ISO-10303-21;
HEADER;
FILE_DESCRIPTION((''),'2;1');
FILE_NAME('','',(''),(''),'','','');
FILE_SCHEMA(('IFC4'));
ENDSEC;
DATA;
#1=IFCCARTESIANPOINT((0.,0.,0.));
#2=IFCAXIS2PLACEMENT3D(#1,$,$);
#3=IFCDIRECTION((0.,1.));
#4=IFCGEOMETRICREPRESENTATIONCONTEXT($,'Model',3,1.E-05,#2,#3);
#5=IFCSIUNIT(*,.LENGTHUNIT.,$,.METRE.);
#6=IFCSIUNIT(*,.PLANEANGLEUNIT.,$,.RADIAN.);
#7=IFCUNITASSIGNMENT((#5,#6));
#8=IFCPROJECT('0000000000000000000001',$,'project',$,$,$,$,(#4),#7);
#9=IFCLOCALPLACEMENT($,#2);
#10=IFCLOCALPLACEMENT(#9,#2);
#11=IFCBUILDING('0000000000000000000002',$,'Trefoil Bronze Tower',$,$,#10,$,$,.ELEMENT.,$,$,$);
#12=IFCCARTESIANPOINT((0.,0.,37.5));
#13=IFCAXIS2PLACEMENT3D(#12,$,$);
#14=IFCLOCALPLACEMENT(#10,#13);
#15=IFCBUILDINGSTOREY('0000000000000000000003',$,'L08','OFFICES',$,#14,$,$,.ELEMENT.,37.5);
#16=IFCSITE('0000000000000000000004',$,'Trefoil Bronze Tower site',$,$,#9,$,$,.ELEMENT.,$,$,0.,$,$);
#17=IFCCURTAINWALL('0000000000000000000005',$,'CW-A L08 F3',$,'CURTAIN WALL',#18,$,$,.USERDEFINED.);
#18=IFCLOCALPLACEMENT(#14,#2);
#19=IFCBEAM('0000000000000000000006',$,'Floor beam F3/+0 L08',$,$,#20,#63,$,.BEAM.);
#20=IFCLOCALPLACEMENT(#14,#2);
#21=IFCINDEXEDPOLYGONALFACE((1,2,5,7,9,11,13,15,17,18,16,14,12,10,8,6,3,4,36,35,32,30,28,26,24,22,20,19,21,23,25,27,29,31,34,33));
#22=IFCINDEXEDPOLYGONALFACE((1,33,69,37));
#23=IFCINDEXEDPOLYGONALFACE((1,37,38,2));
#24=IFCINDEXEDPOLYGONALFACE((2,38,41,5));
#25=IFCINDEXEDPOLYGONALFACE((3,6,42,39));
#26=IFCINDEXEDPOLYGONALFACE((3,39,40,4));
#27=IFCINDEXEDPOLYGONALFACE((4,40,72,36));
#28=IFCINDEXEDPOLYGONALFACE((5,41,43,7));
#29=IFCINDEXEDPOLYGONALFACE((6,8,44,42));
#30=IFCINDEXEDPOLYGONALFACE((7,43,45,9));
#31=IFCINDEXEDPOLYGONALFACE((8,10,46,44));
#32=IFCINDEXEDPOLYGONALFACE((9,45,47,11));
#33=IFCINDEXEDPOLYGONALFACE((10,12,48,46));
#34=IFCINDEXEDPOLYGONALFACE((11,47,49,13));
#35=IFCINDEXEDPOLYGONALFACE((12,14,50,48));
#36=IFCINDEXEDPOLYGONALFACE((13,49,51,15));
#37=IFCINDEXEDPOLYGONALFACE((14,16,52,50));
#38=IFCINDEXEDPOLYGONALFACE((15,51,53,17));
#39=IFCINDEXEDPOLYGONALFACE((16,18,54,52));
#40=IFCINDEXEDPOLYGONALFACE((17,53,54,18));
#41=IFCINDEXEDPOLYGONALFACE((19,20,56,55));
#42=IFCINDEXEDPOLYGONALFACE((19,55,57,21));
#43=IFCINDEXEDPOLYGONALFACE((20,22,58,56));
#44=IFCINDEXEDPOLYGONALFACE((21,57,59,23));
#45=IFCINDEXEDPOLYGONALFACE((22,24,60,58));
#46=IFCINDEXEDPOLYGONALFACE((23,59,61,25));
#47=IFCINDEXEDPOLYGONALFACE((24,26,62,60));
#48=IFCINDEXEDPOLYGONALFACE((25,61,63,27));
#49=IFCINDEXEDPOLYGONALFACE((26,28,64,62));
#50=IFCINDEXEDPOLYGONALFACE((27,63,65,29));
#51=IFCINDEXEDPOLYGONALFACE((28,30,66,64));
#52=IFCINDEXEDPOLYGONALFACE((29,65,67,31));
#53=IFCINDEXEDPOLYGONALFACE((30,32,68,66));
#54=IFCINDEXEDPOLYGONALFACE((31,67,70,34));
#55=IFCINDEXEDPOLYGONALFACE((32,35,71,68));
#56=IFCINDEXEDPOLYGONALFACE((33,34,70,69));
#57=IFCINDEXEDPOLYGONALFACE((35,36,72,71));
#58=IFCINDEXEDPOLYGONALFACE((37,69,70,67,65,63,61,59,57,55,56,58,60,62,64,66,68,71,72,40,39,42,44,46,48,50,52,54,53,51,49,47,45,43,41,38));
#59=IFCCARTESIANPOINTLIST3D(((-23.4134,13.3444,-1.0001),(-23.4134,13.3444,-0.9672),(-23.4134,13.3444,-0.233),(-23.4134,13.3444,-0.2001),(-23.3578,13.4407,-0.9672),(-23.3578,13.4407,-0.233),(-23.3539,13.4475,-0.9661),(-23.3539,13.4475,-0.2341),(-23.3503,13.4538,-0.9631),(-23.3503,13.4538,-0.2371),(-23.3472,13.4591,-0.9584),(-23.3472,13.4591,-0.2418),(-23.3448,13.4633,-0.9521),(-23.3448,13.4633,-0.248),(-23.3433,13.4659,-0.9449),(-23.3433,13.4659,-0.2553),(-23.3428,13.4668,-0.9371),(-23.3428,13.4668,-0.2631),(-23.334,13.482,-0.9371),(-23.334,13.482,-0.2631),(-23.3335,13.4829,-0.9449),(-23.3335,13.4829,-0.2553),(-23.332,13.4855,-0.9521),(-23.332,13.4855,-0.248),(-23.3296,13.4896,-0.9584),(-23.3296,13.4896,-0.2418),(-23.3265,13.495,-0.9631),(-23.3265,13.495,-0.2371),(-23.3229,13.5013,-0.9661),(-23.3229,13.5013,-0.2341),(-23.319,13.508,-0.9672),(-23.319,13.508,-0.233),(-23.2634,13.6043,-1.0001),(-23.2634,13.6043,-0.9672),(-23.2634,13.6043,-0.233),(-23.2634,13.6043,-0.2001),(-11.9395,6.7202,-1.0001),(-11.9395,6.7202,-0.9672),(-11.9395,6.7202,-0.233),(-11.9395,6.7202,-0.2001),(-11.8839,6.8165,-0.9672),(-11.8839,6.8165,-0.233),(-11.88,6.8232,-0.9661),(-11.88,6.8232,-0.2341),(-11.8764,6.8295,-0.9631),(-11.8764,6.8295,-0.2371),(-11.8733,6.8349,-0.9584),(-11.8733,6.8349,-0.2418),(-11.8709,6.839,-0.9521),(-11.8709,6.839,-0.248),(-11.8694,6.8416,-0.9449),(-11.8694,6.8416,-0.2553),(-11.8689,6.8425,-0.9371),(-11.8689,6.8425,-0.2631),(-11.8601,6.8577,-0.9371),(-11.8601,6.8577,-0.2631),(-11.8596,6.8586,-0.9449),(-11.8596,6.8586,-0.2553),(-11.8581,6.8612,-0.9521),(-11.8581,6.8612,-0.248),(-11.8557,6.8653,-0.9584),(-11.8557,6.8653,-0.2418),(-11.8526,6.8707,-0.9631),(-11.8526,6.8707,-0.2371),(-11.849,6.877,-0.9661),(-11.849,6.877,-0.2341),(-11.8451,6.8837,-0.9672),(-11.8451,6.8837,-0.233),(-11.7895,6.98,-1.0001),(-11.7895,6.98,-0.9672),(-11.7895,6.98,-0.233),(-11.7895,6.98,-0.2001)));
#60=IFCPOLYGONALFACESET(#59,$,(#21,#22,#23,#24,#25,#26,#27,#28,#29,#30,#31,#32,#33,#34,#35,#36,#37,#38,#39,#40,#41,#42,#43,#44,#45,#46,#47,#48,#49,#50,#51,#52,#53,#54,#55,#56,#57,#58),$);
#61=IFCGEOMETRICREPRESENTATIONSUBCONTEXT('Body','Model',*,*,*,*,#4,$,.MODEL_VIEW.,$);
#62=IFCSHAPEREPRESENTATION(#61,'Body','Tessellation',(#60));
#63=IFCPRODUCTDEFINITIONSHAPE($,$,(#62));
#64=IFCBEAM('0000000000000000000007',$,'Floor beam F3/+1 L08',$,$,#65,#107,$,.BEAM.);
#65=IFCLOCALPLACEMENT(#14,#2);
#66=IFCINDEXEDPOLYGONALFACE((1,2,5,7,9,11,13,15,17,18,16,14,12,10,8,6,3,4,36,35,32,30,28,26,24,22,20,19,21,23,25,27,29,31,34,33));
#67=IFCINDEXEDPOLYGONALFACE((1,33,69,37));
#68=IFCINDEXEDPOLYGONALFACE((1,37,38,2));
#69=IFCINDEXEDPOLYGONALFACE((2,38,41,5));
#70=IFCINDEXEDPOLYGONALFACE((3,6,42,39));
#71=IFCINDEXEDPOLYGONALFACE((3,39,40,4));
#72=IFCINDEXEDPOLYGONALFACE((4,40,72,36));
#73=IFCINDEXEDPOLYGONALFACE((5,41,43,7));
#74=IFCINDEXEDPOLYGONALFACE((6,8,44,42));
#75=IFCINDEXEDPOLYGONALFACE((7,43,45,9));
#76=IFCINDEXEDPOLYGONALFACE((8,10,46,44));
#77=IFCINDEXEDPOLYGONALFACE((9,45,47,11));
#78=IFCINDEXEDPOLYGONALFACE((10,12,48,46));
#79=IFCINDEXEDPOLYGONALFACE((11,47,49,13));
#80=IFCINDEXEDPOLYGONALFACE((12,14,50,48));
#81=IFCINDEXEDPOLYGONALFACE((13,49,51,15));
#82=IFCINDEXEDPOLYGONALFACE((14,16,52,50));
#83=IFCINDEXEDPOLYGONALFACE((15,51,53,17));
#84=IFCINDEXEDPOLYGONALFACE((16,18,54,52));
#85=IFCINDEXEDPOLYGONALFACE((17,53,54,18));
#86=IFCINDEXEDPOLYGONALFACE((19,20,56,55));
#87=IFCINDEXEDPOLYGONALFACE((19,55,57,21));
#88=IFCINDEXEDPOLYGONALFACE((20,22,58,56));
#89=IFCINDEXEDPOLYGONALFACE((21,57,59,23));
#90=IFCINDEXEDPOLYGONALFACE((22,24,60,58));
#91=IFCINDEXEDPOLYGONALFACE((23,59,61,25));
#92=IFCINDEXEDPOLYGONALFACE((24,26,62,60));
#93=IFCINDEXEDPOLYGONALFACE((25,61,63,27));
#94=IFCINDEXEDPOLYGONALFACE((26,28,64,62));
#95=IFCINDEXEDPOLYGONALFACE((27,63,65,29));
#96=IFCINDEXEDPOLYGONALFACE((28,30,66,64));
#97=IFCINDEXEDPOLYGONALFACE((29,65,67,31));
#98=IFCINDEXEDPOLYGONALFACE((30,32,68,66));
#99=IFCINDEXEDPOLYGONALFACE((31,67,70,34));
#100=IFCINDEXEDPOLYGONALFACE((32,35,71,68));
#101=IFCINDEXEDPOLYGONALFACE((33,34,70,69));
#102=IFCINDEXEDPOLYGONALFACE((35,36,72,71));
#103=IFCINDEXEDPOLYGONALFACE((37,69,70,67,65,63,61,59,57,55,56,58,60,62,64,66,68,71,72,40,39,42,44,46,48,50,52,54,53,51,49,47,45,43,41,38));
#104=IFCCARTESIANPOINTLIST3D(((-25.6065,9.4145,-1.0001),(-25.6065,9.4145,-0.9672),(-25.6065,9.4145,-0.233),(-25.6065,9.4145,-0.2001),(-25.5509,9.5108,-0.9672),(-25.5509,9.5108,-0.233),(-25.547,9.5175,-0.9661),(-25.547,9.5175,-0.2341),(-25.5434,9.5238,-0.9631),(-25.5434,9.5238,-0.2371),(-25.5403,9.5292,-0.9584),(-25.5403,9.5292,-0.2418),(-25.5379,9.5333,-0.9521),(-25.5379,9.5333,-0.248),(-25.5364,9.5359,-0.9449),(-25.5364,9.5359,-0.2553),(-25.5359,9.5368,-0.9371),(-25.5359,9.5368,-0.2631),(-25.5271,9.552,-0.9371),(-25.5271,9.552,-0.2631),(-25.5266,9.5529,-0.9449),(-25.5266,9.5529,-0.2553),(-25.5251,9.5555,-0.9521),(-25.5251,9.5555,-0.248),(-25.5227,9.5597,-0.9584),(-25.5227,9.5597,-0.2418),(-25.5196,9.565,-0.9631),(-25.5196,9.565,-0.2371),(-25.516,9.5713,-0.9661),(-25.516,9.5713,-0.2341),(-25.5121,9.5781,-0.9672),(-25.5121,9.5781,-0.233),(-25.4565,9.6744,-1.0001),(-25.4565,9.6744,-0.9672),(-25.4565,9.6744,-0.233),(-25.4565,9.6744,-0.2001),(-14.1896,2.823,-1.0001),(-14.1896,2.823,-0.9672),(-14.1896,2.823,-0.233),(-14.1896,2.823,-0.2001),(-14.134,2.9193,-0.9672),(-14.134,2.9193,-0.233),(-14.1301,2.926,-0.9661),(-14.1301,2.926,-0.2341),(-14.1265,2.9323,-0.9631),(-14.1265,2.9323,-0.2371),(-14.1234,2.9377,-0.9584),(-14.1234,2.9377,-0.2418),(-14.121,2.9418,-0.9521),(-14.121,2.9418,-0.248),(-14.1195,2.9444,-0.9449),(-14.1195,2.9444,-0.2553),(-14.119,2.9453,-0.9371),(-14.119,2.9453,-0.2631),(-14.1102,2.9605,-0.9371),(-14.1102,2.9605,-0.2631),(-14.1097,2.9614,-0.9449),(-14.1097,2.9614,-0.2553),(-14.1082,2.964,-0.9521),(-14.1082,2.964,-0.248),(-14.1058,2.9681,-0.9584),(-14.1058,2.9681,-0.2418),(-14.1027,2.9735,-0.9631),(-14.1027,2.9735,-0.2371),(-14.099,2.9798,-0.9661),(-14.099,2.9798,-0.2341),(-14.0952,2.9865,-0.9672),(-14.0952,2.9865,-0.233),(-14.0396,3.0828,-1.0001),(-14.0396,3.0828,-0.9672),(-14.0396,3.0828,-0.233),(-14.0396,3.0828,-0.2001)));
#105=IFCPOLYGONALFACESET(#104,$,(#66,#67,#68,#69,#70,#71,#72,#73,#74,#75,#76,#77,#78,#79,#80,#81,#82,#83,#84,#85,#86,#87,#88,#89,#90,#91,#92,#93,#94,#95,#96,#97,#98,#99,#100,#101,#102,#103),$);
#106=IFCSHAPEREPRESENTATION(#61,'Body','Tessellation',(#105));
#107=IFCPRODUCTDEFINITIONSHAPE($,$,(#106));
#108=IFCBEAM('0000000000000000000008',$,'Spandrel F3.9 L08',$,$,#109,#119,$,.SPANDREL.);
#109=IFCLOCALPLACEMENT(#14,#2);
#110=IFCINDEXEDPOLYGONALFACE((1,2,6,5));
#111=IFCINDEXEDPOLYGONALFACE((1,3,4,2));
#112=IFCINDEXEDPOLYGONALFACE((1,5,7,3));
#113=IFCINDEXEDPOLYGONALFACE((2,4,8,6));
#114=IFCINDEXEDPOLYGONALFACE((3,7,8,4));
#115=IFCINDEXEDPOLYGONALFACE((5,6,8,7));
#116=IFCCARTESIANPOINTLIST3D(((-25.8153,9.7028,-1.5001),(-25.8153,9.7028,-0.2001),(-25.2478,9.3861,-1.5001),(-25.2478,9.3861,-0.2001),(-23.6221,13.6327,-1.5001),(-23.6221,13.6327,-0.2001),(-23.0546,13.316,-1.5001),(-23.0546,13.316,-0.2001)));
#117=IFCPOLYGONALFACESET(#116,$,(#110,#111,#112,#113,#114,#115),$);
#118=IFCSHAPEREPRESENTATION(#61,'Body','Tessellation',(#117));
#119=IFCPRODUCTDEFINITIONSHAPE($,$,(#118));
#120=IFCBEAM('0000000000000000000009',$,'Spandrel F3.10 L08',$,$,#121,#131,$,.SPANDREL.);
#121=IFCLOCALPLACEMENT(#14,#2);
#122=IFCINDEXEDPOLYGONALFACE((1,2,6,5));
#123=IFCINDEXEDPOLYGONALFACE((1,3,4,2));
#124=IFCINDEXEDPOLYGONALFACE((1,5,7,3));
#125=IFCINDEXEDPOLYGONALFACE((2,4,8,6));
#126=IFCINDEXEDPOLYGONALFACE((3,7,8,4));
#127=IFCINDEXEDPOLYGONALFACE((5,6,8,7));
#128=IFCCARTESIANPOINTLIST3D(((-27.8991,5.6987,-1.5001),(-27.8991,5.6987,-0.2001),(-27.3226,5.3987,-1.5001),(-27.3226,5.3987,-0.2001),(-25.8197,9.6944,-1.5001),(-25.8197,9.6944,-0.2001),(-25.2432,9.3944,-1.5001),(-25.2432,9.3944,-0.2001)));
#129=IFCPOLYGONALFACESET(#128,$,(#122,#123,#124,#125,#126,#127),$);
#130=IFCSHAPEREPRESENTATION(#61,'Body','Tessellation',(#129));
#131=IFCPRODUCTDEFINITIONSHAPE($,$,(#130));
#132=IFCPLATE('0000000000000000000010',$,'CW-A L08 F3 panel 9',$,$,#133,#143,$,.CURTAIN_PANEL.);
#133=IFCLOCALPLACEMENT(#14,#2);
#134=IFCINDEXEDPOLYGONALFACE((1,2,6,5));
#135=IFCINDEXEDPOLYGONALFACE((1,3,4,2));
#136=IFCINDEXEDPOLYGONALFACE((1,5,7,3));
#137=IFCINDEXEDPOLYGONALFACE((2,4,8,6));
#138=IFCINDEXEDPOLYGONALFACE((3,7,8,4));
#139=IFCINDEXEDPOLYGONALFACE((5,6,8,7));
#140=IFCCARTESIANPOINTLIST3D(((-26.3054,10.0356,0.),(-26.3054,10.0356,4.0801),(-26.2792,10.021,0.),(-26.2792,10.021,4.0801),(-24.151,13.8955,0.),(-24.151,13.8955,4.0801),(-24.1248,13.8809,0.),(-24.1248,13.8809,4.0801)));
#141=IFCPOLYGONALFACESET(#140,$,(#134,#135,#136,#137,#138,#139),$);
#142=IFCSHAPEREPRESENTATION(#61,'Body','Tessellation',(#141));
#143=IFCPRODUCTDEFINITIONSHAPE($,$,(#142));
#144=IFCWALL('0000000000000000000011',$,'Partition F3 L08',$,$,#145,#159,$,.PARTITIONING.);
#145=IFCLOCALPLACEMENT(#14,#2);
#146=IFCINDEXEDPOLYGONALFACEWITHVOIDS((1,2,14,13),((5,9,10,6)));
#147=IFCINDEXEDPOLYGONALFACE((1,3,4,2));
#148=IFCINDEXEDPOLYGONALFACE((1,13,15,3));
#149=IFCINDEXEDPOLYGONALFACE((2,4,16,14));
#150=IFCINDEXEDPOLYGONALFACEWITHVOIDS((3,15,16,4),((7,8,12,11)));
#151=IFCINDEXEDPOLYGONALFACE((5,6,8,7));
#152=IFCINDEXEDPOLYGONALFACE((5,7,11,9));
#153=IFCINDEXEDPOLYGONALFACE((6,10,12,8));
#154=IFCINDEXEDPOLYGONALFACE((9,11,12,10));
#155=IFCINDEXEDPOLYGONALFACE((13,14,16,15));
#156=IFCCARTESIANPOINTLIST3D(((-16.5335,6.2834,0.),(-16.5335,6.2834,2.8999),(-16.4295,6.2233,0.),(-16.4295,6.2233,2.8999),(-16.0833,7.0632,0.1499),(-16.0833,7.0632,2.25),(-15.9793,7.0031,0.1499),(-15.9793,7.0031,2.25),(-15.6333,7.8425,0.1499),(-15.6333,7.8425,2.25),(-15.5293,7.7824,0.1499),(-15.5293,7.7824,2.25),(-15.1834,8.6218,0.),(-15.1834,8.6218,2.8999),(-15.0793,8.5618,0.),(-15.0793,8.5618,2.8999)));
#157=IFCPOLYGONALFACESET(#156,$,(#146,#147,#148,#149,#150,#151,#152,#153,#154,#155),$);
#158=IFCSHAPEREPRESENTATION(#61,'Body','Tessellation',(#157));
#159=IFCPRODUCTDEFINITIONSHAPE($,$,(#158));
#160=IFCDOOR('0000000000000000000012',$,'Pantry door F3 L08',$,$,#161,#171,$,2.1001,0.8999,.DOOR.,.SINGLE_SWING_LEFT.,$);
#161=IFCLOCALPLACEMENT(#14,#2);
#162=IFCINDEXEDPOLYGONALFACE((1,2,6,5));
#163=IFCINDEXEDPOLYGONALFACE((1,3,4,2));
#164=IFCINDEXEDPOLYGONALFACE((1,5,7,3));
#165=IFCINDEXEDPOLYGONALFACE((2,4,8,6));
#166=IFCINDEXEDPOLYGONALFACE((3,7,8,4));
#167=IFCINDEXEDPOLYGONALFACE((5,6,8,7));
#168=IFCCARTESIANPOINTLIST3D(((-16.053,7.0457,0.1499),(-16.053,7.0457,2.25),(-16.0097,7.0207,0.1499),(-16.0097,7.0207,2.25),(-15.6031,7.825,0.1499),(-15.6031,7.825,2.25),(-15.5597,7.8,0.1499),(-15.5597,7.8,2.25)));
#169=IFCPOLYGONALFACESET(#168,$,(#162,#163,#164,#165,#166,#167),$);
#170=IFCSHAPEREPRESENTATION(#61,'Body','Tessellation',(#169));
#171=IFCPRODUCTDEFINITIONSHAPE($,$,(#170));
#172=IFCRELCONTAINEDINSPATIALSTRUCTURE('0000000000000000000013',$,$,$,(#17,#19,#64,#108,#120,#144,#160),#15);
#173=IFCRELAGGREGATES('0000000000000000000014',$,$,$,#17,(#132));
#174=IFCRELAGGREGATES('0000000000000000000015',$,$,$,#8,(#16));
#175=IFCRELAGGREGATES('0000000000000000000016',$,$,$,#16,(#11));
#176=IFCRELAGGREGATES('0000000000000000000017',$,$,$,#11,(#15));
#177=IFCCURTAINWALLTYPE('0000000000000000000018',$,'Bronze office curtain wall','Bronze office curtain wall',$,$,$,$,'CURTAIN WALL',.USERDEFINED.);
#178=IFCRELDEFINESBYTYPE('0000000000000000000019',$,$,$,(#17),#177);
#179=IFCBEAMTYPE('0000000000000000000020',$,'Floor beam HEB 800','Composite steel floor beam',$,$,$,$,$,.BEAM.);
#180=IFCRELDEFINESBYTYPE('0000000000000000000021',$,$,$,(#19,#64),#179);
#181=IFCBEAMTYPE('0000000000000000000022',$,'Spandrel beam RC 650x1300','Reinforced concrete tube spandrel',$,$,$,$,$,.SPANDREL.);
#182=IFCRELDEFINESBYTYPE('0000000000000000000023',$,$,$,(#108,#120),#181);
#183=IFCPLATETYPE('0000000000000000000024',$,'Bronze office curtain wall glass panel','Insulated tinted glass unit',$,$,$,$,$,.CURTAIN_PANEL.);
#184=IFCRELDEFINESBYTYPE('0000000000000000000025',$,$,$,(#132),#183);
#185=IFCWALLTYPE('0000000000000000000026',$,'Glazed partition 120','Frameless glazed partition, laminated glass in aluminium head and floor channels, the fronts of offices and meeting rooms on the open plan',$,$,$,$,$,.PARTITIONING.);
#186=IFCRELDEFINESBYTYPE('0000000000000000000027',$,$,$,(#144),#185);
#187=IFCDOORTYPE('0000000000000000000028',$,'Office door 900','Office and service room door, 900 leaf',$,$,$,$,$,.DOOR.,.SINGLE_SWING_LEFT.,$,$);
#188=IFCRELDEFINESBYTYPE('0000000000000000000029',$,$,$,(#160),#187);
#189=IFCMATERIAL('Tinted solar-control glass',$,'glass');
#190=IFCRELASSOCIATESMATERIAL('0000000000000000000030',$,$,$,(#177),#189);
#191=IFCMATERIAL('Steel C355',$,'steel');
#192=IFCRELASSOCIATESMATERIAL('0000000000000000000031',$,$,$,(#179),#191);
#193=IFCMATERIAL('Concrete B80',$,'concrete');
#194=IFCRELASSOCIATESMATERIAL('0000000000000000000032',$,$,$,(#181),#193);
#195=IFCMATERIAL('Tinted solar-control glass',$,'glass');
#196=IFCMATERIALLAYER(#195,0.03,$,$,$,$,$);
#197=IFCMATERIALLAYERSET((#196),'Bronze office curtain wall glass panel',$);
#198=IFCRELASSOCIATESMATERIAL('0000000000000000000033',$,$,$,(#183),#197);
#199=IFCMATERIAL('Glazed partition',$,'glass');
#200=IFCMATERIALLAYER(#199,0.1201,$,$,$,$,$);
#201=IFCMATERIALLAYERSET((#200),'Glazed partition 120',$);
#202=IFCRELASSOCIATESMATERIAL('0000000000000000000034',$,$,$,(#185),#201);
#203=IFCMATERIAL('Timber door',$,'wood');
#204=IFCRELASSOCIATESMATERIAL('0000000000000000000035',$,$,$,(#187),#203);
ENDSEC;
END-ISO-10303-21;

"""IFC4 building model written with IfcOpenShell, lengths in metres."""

from ifc_helpers import new_model, si_unit, direction, frame, frame_2d, origin, origin_2d, place, context, subcontext, project, spatial, rectangle, i_section, extrude, material, layer, layer_set, material_profile, profile_set, type_object, element, fill, aggregate, save


model = new_model("IFC4")

# Units and contexts
model_context = context("Model", 3, precision=1e-05, world=origin(), true_north=direction((0.0, 1.0)))
body_context = subcontext(model_context, "Body", "Model", "MODEL_VIEW")
ifc_project = project(units=[si_unit("LENGTHUNIT", "METRE"), si_unit("PLANEANGLEUNIT", "RADIAN")], contexts=[model_context])

# Site, building, storey
site_placement = place(None, origin())
site = spatial("IfcSite", under=ifc_project, at=site_placement, Name="Trefoil Bronze Tower site", CompositionType="ELEMENT", RefElevation=0.0)
building_placement = place(site_placement, origin())
building = spatial("IfcBuilding", under=site, at=building_placement, Name="Trefoil Bronze Tower", CompositionType="ELEMENT")
storey_placement = place(building_placement, frame((0.0, 0.0, 37.5)))
storey = spatial("IfcBuildingStorey", under=building, at=storey_placement, Name="L08", Description="OFFICES", CompositionType="ELEMENT", Elevation=37.5)

# Curtain wall
ifc_material_1 = material(Name="Tinted solar-control glass", Category="glass")
curtain_wall_type = type_object("IfcCurtainWallType", Name="Bronze office curtain wall", Description="Bronze office curtain wall", ElementType="CURTAIN WALL", PredefinedType="USERDEFINED", material=ifc_material_1)
curtain_wall_placement = place(storey_placement, origin())
curtain_wall = element("IfcCurtainWall", 1, at=curtain_wall_placement, inside=storey, type_object=curtain_wall_type, Name="CW-A L08 F3", ObjectType="CURTAIN WALL", PredefinedType="USERDEFINED")

# Beams
ifc_material_2 = material(Name="Steel C355", Category="steel")
ifc_material_profile_1 = material_profile(ifc_material_2, i_section(OverallWidth=0.3, OverallDepth=0.8, WebThickness=0.0176, FlangeThickness=0.033, FilletRadius=0.03, at=origin_2d()), Name="HEB 800")
ifc_profile_set_1 = profile_set([ifc_material_profile_1], Name="Steel C355")
beam_type_1 = type_object("IfcBeamType", Name="Floor beam HEB 800", Description="Composite steel floor beam", PredefinedType="BEAM", material=ifc_profile_set_1)
beam_1_placement = place(storey_placement, frame((-23.3384, 13.4744, -0.6001), z_axis=(0.866031, -0.49999, 0.0), x_axis=(0.49999, 0.866031, 0.0)))
element("IfcBeam", 2, at=beam_1_placement, inside=storey, type_object=beam_type_1, Name="Floor beam F3/+0 L08", PredefinedType="BEAM", context=body_context, shape_type="SweptSolid", body=[
    extrude(i_section(OverallWidth=0.3, OverallDepth=0.8, WebThickness=0.0176, FlangeThickness=0.033, FilletRadius=0.03, at=origin_2d()), origin(), (0.0, 0.0, 1.0), 13.2488),
])
beam_2_placement = place(storey_placement, frame((-25.5315, 9.5444, -0.6001), z_axis=(0.866027, -0.499997, 0.0), x_axis=(0.499997, 0.866027, 0.0)))
element("IfcBeam", 3, at=beam_2_placement, inside=storey, type_object=beam_type_1, Name="Floor beam F3/+1 L08", PredefinedType="BEAM", context=body_context, shape_type="SweptSolid", body=[
    extrude(i_section(OverallWidth=0.3, OverallDepth=0.8, WebThickness=0.0176, FlangeThickness=0.033, FilletRadius=0.03, at=origin_2d()), origin(), (0.0, 0.0, 1.0), 13.1831),
])
ifc_material_3 = material(Name="Concrete B80", Category="concrete")
ifc_material_profile_2 = material_profile(ifc_material_3, rectangle(XDim=0.6499, YDim=1.3, at=origin_2d()), Name="RC 650x1300")
ifc_profile_set_2 = profile_set([ifc_material_profile_2], Name="Concrete B80")
beam_type_2 = type_object("IfcBeamType", Name="Spandrel beam RC 650x1300", Description="Reinforced concrete tube spandrel", PredefinedType="SPANDREL", material=ifc_profile_set_2)
beam_3_placement = place(storey_placement, frame((-23.3384, 13.4744, -0.8501), z_axis=(-0.487309, -0.873229, 0.0), x_axis=(0.873229, -0.487309, 0.0)))
element("IfcBeam", 4, at=beam_3_placement, inside=storey, type_object=beam_type_2, Name="Spandrel F3.9 L08", PredefinedType="SPANDREL", context=body_context, shape_type="SweptSolid", body=[
    extrude(rectangle(XDim=0.6499, YDim=1.3, at=origin_2d()), origin(), (0.0, 0.0, 1.0), 4.5005),
])
beam_4_placement = place(storey_placement, frame((-25.5315, 9.5444, -0.8501), z_axis=(-0.461638, -0.887069, 0.0), x_axis=(0.887069, -0.461638, 0.0)))
element("IfcBeam", 5, at=beam_4_placement, inside=storey, type_object=beam_type_2, Name="Spandrel F3.10 L08", PredefinedType="SPANDREL", context=body_context, shape_type="SweptSolid", body=[
    extrude(rectangle(XDim=0.6499, YDim=1.3, at=origin_2d()), origin(), (0.0, 0.0, 1.0), 4.5044),
])

# Plate
ifc_material_4 = material(Name="Tinted solar-control glass", Category="glass")
ifc_layer_1 = layer(ifc_material_4, 0.03)
ifc_layer_set_1 = layer_set([ifc_layer_1], Name="Bronze office curtain wall glass panel")
plate_type = type_object("IfcPlateType", Name="Bronze office curtain wall glass panel", Description="Insulated tinted glass unit", PredefinedType="CURTAIN_PANEL", material=ifc_layer_set_1)
plate_placement = place(storey_placement, frame((-25.2151, 11.9583, 0.0), z_axis=(0.0, 0.0, 1.0), x_axis=(-0.487382, -0.873189, 0.0)))
plate = element("IfcPlate", 6, at=plate_placement, type_object=plate_type, Name="CW-A L08 F3 panel 9", PredefinedType="CURTAIN_PANEL", context=body_context, shape_type="SweptSolid", body=[
    extrude(rectangle(XDim=4.4204, YDim=0.03, at=origin_2d()), origin(), (0.0, 0.0, 1.0), 4.0801),
])
aggregate(curtain_wall, [plate])

# Wall, opening, door
ifc_material_5 = material(Name="Glazed partition", Category="glass")
ifc_layer_2 = layer(ifc_material_5, 0.1201)
ifc_layer_set_2 = layer_set([ifc_layer_2], Name="Glazed partition 120")
wall_type_1 = type_object("IfcWallType", Name="Glazed partition 120", Description="Frameless glazed partition, laminated glass in aluminium head and floor channels, the fronts of offices and meeting rooms on the open plan", PredefinedType="PARTITIONING", material=ifc_layer_set_2)
wall_1_placement = place(storey_placement, frame((-15.1313, 8.5918, 0.0), z_axis=(0.0, 0.0, 1.0), x_axis=(-0.500009, -0.86602, 0.0)))
wall_1 = element("IfcWall", 7, at=wall_1_placement, inside=storey, type_object=wall_type_1, Name="Partition F3 L08", PredefinedType="PARTITIONING", context=body_context, shape_type="SweptSolid", body=[
    extrude(rectangle(XDim=2.7002, YDim=0.1201, at=frame_2d((1.3501, 0.0))), origin(), (0.0, 0.0, 1.0), 2.8999),
])
opening_1_placement = place(wall_1_placement, frame((0.8999, 0.0, 0.1499)))
opening_1 = element("IfcOpeningElement", 8, at=opening_1_placement, cuts=wall_1, PredefinedType="OPENING", context=body_context, shape_type="SweptSolid", body=[
    extrude(rectangle(XDim=0.8999, YDim=2.1001, at=frame_2d((0.45, 1.05))), frame((0.0, 0.0701, 0.0), z_axis=(0.0, -1.0, 0.0), x_axis=(1.0, 0.0, 0.0)), (0.0, 0.0, 1.0), 0.1401),
])
ifc_material_6 = material(Name="Timber door", Category="wood")
door_type_1 = type_object("IfcDoorType", Name="Office door 900", Description="Office and service room door, 900 leaf", OperationType="SINGLE_SWING_LEFT", PredefinedType="DOOR", material=ifc_material_6)
door_1_placement = place(opening_1_placement, origin())
door_1 = element("IfcDoor", 9, at=door_1_placement, inside=storey, type_object=door_type_1, Name="Pantry door F3 L08", OperationType="SINGLE_SWING_LEFT", OverallHeight=2.1001, OverallWidth=0.8999, PredefinedType="DOOR", context=body_context, shape_type="SweptSolid", body=[
    extrude(rectangle(XDim=0.8999, YDim=2.1001, at=frame_2d((0.45, 1.05))), frame((0.0, 0.0249, 0.0), z_axis=(0.0, -1.0, 0.0), x_axis=(1.0, 0.0, 0.0)), (0.0, 0.0, 1.0), 0.05),
])
fill(opening_1, door_1)

save(model, "model.ifc")
